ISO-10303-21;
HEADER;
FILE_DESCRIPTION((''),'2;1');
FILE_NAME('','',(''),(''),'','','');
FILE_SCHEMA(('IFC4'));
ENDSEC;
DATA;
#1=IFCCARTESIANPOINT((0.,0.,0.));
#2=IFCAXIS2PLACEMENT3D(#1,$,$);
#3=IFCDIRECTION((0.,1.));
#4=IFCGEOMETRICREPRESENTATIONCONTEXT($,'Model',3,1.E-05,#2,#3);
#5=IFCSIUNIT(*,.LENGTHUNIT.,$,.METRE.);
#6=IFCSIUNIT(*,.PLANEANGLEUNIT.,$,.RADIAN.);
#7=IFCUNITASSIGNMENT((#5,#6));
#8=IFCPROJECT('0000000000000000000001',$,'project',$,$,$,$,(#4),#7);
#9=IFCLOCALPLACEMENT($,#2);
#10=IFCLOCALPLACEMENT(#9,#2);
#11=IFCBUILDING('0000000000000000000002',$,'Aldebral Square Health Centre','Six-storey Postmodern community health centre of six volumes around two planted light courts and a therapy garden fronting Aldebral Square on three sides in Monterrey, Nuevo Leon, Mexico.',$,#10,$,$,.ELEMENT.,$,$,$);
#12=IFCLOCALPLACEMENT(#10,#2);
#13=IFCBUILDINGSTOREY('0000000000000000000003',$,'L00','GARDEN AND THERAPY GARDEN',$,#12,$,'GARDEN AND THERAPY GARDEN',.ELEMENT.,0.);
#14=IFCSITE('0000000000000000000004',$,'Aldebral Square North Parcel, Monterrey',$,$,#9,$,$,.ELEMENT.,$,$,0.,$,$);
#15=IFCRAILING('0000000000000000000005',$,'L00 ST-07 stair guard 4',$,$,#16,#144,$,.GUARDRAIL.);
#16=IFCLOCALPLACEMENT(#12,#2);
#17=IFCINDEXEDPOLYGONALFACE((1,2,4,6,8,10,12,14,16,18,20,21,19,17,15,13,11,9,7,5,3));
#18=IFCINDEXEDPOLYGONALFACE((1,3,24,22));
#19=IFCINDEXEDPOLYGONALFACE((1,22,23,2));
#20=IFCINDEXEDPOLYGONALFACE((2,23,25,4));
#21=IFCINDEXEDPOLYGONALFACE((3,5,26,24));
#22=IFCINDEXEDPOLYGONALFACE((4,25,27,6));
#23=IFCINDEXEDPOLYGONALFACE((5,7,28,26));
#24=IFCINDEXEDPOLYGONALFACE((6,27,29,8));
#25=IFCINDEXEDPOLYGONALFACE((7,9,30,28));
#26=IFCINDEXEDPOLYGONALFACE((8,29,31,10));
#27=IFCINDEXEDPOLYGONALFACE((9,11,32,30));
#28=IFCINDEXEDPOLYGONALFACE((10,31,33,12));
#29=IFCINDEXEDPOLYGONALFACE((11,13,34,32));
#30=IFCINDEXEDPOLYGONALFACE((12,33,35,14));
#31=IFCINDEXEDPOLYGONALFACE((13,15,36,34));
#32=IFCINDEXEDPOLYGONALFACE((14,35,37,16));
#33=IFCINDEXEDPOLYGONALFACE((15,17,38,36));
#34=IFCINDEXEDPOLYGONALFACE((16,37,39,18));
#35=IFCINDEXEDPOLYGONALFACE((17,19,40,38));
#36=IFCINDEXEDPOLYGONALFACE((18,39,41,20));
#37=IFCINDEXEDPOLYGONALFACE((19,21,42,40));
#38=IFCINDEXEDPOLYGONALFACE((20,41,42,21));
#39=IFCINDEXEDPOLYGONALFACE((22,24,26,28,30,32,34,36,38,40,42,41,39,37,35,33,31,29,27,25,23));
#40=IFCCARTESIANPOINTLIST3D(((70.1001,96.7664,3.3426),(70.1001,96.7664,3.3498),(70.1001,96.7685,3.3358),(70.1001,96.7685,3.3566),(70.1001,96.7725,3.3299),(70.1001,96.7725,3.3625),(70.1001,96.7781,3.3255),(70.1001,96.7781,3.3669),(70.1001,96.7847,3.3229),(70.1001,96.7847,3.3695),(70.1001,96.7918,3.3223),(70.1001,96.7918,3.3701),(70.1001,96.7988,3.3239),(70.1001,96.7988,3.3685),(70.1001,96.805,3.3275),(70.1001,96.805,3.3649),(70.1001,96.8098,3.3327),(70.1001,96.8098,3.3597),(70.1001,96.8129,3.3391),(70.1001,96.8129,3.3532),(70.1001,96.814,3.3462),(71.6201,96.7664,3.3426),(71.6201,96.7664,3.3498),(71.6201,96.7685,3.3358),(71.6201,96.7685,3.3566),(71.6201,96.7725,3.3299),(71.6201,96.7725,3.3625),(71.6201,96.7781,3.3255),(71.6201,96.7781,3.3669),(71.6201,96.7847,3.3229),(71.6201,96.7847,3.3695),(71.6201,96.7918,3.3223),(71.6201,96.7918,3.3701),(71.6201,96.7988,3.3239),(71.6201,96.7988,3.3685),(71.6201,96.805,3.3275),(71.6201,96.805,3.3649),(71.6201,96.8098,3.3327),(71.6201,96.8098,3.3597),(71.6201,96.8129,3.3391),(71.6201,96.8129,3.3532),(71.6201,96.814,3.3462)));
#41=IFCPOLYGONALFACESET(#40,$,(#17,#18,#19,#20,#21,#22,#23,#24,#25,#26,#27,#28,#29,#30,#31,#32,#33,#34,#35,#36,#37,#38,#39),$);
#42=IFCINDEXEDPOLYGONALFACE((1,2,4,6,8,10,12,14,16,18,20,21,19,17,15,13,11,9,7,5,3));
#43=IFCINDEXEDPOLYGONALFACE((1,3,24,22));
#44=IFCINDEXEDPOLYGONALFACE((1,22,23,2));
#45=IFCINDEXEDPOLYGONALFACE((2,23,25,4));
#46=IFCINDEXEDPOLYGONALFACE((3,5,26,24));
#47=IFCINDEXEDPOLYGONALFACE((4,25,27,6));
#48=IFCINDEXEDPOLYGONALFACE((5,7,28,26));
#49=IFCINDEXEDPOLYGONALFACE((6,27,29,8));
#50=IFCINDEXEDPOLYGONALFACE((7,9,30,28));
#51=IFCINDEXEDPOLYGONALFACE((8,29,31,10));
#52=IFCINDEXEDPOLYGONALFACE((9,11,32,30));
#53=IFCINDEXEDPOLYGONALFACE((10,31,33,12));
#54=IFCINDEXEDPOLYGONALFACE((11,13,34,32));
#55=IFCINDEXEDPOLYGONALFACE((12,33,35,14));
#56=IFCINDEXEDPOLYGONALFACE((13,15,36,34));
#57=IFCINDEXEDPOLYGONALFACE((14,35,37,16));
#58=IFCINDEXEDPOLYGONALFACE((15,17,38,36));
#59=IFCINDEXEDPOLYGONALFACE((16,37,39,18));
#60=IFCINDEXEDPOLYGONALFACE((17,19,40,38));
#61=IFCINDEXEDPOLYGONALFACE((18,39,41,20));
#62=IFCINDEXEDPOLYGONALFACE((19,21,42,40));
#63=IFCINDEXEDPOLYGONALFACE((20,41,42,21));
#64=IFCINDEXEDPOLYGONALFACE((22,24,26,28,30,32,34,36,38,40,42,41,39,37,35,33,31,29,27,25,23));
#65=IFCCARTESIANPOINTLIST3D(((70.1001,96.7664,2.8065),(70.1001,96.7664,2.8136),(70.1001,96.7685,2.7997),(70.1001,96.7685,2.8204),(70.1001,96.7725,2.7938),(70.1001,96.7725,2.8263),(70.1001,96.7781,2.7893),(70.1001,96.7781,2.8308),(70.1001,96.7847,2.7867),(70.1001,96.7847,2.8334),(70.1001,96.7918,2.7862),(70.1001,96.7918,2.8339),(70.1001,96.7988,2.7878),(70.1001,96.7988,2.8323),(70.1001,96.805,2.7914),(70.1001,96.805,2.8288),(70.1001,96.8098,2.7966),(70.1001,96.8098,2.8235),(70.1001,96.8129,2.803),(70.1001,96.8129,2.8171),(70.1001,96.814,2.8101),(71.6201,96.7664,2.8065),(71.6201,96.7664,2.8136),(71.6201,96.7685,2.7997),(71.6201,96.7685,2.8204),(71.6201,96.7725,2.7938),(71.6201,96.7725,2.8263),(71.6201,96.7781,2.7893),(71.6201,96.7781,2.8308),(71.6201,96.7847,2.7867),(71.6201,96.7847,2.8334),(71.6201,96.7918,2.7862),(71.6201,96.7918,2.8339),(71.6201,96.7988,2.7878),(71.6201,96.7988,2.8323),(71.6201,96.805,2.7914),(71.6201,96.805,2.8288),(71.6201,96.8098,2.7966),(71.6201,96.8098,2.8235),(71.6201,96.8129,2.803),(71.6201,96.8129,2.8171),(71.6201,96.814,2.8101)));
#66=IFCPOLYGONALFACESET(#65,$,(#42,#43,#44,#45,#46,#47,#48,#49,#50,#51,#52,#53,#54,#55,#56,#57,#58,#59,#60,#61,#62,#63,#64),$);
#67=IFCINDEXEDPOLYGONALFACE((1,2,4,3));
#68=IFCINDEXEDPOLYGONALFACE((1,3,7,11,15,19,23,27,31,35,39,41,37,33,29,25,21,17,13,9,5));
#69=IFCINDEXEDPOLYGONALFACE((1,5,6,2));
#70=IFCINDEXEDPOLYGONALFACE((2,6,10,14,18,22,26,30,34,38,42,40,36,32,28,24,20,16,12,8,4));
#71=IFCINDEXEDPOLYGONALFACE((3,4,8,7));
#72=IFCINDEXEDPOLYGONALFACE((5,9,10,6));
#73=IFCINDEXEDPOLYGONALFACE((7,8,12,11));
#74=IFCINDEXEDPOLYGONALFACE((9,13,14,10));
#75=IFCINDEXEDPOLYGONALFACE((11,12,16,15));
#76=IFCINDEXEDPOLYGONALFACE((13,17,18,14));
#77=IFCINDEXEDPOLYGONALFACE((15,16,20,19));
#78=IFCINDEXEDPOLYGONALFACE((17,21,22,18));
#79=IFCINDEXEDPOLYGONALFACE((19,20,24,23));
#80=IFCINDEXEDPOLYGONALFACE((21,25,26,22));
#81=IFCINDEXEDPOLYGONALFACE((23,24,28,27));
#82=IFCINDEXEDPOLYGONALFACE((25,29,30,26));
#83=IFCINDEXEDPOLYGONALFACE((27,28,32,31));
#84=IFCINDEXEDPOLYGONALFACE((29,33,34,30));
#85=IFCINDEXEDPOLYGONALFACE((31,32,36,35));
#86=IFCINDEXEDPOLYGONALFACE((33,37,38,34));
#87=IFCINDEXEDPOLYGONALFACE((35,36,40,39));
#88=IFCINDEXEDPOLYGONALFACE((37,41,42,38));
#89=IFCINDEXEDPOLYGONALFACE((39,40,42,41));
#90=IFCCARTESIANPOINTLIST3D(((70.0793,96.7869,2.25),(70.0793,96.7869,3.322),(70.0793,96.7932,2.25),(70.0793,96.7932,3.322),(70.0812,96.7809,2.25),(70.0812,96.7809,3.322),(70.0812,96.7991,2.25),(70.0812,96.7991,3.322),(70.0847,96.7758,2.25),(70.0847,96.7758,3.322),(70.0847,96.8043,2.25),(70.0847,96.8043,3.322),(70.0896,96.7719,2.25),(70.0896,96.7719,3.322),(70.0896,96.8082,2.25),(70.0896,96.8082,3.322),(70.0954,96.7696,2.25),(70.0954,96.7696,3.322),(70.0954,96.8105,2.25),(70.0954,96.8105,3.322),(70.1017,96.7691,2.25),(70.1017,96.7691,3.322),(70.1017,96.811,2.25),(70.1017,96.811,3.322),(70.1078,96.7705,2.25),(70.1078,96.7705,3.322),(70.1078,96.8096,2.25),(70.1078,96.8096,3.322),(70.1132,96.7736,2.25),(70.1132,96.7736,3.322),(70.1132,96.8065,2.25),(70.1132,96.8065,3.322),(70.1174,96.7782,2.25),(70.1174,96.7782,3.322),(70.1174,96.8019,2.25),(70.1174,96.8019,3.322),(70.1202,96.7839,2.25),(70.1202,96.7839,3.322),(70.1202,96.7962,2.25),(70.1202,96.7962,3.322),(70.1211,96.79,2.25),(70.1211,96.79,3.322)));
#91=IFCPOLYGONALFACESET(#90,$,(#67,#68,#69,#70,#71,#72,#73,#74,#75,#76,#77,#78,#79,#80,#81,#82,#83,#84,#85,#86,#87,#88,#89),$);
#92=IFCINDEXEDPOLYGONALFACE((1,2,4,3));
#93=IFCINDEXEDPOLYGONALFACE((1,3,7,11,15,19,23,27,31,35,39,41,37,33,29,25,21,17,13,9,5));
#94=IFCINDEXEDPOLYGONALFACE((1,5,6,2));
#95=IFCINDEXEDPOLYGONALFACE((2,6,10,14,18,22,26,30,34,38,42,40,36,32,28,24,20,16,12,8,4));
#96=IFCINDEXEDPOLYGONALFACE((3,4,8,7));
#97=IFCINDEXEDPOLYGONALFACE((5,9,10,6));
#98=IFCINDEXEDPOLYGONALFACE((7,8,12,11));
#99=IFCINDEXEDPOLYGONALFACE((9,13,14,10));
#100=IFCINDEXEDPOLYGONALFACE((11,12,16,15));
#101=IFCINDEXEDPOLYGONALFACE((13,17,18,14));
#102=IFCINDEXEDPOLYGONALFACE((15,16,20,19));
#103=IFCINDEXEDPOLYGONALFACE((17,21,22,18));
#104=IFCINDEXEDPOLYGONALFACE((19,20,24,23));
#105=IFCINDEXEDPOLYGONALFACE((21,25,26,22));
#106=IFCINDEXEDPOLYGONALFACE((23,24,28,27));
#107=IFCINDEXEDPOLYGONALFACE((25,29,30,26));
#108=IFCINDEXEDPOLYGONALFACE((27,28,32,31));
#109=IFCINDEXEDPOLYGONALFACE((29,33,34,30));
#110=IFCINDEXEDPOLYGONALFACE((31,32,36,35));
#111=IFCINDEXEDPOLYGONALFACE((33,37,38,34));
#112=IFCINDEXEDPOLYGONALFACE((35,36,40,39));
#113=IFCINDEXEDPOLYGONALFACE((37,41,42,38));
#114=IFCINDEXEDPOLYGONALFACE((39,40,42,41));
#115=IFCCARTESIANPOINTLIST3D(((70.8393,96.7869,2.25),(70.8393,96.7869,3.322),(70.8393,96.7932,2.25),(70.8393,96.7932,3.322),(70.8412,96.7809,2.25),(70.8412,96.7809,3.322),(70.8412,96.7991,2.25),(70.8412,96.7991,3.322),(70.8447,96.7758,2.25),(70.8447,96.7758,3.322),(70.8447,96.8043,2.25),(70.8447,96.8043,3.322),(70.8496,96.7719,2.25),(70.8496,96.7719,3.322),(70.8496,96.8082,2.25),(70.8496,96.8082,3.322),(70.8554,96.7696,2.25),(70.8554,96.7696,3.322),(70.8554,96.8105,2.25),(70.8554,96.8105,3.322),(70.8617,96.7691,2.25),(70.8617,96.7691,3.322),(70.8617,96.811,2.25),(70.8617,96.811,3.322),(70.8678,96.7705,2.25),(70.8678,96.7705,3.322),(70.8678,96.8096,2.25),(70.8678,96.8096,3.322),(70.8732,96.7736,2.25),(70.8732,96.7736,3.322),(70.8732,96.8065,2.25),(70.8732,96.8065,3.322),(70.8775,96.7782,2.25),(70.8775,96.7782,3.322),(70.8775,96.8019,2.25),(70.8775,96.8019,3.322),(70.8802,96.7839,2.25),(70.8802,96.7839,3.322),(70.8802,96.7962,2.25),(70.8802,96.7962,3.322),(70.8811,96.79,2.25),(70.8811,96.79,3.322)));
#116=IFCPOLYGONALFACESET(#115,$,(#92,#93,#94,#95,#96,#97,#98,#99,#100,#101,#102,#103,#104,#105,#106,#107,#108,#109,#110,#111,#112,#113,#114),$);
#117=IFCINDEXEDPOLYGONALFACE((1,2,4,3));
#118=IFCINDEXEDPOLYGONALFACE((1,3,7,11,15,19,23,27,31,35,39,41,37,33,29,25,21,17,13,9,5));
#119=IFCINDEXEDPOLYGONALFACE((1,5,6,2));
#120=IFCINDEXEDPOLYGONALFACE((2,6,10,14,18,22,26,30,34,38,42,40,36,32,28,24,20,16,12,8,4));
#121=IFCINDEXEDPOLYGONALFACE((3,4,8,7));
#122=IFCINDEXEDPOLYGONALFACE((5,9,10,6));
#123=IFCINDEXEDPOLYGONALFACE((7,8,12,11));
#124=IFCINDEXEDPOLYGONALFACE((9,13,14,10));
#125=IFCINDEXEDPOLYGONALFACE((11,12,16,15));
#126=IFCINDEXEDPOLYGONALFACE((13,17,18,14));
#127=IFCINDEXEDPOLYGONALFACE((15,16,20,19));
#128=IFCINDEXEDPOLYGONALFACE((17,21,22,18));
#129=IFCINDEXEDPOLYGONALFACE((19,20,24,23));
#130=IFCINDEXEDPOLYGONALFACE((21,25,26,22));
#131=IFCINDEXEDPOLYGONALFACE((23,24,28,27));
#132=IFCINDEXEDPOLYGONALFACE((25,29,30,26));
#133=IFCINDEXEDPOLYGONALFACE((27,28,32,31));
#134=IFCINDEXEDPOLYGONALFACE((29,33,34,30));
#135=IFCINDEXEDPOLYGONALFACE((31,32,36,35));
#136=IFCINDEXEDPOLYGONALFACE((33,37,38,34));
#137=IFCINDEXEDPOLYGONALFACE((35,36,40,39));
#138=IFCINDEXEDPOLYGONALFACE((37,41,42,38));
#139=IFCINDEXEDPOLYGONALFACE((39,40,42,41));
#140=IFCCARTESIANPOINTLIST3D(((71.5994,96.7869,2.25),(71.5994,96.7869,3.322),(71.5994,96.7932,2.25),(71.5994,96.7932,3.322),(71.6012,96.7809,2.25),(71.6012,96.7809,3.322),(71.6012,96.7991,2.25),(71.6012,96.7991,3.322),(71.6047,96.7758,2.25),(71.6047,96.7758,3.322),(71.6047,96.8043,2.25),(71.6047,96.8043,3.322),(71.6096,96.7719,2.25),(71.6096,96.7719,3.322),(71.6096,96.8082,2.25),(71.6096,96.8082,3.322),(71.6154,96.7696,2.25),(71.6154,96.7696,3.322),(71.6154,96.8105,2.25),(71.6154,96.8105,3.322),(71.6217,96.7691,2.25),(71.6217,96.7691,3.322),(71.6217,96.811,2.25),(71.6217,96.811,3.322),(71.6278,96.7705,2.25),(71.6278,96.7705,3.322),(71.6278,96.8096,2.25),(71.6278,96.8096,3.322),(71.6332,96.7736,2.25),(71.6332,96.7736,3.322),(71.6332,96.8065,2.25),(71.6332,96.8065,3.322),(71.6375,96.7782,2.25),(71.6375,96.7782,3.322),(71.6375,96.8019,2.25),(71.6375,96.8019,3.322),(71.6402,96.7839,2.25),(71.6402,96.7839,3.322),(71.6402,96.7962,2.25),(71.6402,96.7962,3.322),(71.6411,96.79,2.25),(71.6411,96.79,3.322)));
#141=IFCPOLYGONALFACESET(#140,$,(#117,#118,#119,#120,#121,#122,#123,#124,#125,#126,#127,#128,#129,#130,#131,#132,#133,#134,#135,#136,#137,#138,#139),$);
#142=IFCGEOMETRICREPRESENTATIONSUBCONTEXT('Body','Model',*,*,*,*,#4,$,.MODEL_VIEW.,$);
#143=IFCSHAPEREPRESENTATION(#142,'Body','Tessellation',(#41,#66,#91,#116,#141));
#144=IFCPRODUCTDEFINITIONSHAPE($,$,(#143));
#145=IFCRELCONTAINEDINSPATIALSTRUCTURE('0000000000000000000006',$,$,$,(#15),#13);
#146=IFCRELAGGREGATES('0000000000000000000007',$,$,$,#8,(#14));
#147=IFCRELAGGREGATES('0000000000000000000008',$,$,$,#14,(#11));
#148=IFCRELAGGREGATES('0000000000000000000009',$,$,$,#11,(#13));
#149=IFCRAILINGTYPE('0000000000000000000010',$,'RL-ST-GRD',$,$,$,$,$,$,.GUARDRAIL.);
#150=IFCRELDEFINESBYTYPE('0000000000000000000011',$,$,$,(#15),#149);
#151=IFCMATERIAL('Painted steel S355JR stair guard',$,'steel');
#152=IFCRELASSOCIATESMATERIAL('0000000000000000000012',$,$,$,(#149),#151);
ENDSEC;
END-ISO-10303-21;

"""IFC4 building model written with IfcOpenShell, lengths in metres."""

from ifc_helpers import new_model, si_unit, direction, frame, origin, origin_2d, place, context, subcontext, project, spatial, circle, extrude, material, type_object, element, save


model = new_model("IFC4")

# Units and contexts
model_context = context("Model", 3, precision=1e-05, world=origin(), true_north=direction((0.0, 1.0)))
body_context = subcontext(model_context, "Body", "Model", "MODEL_VIEW")
ifc_project = project(units=[si_unit("LENGTHUNIT", "METRE"), si_unit("PLANEANGLEUNIT", "RADIAN")], contexts=[model_context])

# Site, building, storey
site_placement = place(None, origin())
site = spatial("IfcSite", under=ifc_project, at=site_placement, Name="Aldebral Square North Parcel, Monterrey", CompositionType="ELEMENT", RefElevation=0.0)
building_placement = place(site_placement, origin())
building = spatial("IfcBuilding", under=site, at=building_placement, Name="Aldebral Square Health Centre", Description="Six-storey Postmodern community health centre of six volumes around two planted light courts and a therapy garden fronting Aldebral Square on three sides in Monterrey, Nuevo Leon, Mexico.", CompositionType="ELEMENT")
storey_placement = place(building_placement, origin())
storey = spatial("IfcBuildingStorey", under=building, at=storey_placement, Name="L00", Description="GARDEN AND THERAPY GARDEN", LongName="GARDEN AND THERAPY GARDEN", CompositionType="ELEMENT", Elevation=0.0)

# Railing
ifc_material_1 = material(Name="Painted steel S355JR stair guard", Category="steel")
railing_type_1 = type_object("IfcRailingType", Name="RL-ST-GRD", PredefinedType="GUARDRAIL", material=ifc_material_1)
for number, where, name in (
    (1, (70.1001, 96.79, 2.25), "L00 ST-07 stair guard 4"),
):
    element("IfcRailing", number, at=place(storey_placement, frame(where)), inside=storey, type_object=railing_type_1, Name=name, PredefinedType="GUARDRAIL", context=body_context, shape_type="SweptSolid", body=[
        extrude(circle(Radius=0.0239, at=origin_2d()), frame((0.0, 0.0, 1.0962), z_axis=(1.0, 0.0, 0.0), x_axis=(0.0, 1.0, 0.0)), (0.0, 0.0, 1.0), 1.52),
        extrude(circle(Radius=0.0239, at=origin_2d()), frame((0.0, 0.0, 0.5601), z_axis=(1.0, 0.0, 0.0), x_axis=(0.0, 1.0, 0.0)), (0.0, 0.0, 1.0), 1.52),
        extrude(circle(Radius=0.021, at=origin_2d()), origin(), (0.0, 0.0, 1.0), 1.072),
        extrude(circle(Radius=0.021, at=origin_2d()), frame((0.76, 0.0, 0.0)), (0.0, 0.0, 1.0), 1.072),
        extrude(circle(Radius=0.021, at=origin_2d()), frame((1.52, 0.0, 0.0)), (0.0, 0.0, 1.0), 1.072),
    ])

save(model, "model.ifc")
